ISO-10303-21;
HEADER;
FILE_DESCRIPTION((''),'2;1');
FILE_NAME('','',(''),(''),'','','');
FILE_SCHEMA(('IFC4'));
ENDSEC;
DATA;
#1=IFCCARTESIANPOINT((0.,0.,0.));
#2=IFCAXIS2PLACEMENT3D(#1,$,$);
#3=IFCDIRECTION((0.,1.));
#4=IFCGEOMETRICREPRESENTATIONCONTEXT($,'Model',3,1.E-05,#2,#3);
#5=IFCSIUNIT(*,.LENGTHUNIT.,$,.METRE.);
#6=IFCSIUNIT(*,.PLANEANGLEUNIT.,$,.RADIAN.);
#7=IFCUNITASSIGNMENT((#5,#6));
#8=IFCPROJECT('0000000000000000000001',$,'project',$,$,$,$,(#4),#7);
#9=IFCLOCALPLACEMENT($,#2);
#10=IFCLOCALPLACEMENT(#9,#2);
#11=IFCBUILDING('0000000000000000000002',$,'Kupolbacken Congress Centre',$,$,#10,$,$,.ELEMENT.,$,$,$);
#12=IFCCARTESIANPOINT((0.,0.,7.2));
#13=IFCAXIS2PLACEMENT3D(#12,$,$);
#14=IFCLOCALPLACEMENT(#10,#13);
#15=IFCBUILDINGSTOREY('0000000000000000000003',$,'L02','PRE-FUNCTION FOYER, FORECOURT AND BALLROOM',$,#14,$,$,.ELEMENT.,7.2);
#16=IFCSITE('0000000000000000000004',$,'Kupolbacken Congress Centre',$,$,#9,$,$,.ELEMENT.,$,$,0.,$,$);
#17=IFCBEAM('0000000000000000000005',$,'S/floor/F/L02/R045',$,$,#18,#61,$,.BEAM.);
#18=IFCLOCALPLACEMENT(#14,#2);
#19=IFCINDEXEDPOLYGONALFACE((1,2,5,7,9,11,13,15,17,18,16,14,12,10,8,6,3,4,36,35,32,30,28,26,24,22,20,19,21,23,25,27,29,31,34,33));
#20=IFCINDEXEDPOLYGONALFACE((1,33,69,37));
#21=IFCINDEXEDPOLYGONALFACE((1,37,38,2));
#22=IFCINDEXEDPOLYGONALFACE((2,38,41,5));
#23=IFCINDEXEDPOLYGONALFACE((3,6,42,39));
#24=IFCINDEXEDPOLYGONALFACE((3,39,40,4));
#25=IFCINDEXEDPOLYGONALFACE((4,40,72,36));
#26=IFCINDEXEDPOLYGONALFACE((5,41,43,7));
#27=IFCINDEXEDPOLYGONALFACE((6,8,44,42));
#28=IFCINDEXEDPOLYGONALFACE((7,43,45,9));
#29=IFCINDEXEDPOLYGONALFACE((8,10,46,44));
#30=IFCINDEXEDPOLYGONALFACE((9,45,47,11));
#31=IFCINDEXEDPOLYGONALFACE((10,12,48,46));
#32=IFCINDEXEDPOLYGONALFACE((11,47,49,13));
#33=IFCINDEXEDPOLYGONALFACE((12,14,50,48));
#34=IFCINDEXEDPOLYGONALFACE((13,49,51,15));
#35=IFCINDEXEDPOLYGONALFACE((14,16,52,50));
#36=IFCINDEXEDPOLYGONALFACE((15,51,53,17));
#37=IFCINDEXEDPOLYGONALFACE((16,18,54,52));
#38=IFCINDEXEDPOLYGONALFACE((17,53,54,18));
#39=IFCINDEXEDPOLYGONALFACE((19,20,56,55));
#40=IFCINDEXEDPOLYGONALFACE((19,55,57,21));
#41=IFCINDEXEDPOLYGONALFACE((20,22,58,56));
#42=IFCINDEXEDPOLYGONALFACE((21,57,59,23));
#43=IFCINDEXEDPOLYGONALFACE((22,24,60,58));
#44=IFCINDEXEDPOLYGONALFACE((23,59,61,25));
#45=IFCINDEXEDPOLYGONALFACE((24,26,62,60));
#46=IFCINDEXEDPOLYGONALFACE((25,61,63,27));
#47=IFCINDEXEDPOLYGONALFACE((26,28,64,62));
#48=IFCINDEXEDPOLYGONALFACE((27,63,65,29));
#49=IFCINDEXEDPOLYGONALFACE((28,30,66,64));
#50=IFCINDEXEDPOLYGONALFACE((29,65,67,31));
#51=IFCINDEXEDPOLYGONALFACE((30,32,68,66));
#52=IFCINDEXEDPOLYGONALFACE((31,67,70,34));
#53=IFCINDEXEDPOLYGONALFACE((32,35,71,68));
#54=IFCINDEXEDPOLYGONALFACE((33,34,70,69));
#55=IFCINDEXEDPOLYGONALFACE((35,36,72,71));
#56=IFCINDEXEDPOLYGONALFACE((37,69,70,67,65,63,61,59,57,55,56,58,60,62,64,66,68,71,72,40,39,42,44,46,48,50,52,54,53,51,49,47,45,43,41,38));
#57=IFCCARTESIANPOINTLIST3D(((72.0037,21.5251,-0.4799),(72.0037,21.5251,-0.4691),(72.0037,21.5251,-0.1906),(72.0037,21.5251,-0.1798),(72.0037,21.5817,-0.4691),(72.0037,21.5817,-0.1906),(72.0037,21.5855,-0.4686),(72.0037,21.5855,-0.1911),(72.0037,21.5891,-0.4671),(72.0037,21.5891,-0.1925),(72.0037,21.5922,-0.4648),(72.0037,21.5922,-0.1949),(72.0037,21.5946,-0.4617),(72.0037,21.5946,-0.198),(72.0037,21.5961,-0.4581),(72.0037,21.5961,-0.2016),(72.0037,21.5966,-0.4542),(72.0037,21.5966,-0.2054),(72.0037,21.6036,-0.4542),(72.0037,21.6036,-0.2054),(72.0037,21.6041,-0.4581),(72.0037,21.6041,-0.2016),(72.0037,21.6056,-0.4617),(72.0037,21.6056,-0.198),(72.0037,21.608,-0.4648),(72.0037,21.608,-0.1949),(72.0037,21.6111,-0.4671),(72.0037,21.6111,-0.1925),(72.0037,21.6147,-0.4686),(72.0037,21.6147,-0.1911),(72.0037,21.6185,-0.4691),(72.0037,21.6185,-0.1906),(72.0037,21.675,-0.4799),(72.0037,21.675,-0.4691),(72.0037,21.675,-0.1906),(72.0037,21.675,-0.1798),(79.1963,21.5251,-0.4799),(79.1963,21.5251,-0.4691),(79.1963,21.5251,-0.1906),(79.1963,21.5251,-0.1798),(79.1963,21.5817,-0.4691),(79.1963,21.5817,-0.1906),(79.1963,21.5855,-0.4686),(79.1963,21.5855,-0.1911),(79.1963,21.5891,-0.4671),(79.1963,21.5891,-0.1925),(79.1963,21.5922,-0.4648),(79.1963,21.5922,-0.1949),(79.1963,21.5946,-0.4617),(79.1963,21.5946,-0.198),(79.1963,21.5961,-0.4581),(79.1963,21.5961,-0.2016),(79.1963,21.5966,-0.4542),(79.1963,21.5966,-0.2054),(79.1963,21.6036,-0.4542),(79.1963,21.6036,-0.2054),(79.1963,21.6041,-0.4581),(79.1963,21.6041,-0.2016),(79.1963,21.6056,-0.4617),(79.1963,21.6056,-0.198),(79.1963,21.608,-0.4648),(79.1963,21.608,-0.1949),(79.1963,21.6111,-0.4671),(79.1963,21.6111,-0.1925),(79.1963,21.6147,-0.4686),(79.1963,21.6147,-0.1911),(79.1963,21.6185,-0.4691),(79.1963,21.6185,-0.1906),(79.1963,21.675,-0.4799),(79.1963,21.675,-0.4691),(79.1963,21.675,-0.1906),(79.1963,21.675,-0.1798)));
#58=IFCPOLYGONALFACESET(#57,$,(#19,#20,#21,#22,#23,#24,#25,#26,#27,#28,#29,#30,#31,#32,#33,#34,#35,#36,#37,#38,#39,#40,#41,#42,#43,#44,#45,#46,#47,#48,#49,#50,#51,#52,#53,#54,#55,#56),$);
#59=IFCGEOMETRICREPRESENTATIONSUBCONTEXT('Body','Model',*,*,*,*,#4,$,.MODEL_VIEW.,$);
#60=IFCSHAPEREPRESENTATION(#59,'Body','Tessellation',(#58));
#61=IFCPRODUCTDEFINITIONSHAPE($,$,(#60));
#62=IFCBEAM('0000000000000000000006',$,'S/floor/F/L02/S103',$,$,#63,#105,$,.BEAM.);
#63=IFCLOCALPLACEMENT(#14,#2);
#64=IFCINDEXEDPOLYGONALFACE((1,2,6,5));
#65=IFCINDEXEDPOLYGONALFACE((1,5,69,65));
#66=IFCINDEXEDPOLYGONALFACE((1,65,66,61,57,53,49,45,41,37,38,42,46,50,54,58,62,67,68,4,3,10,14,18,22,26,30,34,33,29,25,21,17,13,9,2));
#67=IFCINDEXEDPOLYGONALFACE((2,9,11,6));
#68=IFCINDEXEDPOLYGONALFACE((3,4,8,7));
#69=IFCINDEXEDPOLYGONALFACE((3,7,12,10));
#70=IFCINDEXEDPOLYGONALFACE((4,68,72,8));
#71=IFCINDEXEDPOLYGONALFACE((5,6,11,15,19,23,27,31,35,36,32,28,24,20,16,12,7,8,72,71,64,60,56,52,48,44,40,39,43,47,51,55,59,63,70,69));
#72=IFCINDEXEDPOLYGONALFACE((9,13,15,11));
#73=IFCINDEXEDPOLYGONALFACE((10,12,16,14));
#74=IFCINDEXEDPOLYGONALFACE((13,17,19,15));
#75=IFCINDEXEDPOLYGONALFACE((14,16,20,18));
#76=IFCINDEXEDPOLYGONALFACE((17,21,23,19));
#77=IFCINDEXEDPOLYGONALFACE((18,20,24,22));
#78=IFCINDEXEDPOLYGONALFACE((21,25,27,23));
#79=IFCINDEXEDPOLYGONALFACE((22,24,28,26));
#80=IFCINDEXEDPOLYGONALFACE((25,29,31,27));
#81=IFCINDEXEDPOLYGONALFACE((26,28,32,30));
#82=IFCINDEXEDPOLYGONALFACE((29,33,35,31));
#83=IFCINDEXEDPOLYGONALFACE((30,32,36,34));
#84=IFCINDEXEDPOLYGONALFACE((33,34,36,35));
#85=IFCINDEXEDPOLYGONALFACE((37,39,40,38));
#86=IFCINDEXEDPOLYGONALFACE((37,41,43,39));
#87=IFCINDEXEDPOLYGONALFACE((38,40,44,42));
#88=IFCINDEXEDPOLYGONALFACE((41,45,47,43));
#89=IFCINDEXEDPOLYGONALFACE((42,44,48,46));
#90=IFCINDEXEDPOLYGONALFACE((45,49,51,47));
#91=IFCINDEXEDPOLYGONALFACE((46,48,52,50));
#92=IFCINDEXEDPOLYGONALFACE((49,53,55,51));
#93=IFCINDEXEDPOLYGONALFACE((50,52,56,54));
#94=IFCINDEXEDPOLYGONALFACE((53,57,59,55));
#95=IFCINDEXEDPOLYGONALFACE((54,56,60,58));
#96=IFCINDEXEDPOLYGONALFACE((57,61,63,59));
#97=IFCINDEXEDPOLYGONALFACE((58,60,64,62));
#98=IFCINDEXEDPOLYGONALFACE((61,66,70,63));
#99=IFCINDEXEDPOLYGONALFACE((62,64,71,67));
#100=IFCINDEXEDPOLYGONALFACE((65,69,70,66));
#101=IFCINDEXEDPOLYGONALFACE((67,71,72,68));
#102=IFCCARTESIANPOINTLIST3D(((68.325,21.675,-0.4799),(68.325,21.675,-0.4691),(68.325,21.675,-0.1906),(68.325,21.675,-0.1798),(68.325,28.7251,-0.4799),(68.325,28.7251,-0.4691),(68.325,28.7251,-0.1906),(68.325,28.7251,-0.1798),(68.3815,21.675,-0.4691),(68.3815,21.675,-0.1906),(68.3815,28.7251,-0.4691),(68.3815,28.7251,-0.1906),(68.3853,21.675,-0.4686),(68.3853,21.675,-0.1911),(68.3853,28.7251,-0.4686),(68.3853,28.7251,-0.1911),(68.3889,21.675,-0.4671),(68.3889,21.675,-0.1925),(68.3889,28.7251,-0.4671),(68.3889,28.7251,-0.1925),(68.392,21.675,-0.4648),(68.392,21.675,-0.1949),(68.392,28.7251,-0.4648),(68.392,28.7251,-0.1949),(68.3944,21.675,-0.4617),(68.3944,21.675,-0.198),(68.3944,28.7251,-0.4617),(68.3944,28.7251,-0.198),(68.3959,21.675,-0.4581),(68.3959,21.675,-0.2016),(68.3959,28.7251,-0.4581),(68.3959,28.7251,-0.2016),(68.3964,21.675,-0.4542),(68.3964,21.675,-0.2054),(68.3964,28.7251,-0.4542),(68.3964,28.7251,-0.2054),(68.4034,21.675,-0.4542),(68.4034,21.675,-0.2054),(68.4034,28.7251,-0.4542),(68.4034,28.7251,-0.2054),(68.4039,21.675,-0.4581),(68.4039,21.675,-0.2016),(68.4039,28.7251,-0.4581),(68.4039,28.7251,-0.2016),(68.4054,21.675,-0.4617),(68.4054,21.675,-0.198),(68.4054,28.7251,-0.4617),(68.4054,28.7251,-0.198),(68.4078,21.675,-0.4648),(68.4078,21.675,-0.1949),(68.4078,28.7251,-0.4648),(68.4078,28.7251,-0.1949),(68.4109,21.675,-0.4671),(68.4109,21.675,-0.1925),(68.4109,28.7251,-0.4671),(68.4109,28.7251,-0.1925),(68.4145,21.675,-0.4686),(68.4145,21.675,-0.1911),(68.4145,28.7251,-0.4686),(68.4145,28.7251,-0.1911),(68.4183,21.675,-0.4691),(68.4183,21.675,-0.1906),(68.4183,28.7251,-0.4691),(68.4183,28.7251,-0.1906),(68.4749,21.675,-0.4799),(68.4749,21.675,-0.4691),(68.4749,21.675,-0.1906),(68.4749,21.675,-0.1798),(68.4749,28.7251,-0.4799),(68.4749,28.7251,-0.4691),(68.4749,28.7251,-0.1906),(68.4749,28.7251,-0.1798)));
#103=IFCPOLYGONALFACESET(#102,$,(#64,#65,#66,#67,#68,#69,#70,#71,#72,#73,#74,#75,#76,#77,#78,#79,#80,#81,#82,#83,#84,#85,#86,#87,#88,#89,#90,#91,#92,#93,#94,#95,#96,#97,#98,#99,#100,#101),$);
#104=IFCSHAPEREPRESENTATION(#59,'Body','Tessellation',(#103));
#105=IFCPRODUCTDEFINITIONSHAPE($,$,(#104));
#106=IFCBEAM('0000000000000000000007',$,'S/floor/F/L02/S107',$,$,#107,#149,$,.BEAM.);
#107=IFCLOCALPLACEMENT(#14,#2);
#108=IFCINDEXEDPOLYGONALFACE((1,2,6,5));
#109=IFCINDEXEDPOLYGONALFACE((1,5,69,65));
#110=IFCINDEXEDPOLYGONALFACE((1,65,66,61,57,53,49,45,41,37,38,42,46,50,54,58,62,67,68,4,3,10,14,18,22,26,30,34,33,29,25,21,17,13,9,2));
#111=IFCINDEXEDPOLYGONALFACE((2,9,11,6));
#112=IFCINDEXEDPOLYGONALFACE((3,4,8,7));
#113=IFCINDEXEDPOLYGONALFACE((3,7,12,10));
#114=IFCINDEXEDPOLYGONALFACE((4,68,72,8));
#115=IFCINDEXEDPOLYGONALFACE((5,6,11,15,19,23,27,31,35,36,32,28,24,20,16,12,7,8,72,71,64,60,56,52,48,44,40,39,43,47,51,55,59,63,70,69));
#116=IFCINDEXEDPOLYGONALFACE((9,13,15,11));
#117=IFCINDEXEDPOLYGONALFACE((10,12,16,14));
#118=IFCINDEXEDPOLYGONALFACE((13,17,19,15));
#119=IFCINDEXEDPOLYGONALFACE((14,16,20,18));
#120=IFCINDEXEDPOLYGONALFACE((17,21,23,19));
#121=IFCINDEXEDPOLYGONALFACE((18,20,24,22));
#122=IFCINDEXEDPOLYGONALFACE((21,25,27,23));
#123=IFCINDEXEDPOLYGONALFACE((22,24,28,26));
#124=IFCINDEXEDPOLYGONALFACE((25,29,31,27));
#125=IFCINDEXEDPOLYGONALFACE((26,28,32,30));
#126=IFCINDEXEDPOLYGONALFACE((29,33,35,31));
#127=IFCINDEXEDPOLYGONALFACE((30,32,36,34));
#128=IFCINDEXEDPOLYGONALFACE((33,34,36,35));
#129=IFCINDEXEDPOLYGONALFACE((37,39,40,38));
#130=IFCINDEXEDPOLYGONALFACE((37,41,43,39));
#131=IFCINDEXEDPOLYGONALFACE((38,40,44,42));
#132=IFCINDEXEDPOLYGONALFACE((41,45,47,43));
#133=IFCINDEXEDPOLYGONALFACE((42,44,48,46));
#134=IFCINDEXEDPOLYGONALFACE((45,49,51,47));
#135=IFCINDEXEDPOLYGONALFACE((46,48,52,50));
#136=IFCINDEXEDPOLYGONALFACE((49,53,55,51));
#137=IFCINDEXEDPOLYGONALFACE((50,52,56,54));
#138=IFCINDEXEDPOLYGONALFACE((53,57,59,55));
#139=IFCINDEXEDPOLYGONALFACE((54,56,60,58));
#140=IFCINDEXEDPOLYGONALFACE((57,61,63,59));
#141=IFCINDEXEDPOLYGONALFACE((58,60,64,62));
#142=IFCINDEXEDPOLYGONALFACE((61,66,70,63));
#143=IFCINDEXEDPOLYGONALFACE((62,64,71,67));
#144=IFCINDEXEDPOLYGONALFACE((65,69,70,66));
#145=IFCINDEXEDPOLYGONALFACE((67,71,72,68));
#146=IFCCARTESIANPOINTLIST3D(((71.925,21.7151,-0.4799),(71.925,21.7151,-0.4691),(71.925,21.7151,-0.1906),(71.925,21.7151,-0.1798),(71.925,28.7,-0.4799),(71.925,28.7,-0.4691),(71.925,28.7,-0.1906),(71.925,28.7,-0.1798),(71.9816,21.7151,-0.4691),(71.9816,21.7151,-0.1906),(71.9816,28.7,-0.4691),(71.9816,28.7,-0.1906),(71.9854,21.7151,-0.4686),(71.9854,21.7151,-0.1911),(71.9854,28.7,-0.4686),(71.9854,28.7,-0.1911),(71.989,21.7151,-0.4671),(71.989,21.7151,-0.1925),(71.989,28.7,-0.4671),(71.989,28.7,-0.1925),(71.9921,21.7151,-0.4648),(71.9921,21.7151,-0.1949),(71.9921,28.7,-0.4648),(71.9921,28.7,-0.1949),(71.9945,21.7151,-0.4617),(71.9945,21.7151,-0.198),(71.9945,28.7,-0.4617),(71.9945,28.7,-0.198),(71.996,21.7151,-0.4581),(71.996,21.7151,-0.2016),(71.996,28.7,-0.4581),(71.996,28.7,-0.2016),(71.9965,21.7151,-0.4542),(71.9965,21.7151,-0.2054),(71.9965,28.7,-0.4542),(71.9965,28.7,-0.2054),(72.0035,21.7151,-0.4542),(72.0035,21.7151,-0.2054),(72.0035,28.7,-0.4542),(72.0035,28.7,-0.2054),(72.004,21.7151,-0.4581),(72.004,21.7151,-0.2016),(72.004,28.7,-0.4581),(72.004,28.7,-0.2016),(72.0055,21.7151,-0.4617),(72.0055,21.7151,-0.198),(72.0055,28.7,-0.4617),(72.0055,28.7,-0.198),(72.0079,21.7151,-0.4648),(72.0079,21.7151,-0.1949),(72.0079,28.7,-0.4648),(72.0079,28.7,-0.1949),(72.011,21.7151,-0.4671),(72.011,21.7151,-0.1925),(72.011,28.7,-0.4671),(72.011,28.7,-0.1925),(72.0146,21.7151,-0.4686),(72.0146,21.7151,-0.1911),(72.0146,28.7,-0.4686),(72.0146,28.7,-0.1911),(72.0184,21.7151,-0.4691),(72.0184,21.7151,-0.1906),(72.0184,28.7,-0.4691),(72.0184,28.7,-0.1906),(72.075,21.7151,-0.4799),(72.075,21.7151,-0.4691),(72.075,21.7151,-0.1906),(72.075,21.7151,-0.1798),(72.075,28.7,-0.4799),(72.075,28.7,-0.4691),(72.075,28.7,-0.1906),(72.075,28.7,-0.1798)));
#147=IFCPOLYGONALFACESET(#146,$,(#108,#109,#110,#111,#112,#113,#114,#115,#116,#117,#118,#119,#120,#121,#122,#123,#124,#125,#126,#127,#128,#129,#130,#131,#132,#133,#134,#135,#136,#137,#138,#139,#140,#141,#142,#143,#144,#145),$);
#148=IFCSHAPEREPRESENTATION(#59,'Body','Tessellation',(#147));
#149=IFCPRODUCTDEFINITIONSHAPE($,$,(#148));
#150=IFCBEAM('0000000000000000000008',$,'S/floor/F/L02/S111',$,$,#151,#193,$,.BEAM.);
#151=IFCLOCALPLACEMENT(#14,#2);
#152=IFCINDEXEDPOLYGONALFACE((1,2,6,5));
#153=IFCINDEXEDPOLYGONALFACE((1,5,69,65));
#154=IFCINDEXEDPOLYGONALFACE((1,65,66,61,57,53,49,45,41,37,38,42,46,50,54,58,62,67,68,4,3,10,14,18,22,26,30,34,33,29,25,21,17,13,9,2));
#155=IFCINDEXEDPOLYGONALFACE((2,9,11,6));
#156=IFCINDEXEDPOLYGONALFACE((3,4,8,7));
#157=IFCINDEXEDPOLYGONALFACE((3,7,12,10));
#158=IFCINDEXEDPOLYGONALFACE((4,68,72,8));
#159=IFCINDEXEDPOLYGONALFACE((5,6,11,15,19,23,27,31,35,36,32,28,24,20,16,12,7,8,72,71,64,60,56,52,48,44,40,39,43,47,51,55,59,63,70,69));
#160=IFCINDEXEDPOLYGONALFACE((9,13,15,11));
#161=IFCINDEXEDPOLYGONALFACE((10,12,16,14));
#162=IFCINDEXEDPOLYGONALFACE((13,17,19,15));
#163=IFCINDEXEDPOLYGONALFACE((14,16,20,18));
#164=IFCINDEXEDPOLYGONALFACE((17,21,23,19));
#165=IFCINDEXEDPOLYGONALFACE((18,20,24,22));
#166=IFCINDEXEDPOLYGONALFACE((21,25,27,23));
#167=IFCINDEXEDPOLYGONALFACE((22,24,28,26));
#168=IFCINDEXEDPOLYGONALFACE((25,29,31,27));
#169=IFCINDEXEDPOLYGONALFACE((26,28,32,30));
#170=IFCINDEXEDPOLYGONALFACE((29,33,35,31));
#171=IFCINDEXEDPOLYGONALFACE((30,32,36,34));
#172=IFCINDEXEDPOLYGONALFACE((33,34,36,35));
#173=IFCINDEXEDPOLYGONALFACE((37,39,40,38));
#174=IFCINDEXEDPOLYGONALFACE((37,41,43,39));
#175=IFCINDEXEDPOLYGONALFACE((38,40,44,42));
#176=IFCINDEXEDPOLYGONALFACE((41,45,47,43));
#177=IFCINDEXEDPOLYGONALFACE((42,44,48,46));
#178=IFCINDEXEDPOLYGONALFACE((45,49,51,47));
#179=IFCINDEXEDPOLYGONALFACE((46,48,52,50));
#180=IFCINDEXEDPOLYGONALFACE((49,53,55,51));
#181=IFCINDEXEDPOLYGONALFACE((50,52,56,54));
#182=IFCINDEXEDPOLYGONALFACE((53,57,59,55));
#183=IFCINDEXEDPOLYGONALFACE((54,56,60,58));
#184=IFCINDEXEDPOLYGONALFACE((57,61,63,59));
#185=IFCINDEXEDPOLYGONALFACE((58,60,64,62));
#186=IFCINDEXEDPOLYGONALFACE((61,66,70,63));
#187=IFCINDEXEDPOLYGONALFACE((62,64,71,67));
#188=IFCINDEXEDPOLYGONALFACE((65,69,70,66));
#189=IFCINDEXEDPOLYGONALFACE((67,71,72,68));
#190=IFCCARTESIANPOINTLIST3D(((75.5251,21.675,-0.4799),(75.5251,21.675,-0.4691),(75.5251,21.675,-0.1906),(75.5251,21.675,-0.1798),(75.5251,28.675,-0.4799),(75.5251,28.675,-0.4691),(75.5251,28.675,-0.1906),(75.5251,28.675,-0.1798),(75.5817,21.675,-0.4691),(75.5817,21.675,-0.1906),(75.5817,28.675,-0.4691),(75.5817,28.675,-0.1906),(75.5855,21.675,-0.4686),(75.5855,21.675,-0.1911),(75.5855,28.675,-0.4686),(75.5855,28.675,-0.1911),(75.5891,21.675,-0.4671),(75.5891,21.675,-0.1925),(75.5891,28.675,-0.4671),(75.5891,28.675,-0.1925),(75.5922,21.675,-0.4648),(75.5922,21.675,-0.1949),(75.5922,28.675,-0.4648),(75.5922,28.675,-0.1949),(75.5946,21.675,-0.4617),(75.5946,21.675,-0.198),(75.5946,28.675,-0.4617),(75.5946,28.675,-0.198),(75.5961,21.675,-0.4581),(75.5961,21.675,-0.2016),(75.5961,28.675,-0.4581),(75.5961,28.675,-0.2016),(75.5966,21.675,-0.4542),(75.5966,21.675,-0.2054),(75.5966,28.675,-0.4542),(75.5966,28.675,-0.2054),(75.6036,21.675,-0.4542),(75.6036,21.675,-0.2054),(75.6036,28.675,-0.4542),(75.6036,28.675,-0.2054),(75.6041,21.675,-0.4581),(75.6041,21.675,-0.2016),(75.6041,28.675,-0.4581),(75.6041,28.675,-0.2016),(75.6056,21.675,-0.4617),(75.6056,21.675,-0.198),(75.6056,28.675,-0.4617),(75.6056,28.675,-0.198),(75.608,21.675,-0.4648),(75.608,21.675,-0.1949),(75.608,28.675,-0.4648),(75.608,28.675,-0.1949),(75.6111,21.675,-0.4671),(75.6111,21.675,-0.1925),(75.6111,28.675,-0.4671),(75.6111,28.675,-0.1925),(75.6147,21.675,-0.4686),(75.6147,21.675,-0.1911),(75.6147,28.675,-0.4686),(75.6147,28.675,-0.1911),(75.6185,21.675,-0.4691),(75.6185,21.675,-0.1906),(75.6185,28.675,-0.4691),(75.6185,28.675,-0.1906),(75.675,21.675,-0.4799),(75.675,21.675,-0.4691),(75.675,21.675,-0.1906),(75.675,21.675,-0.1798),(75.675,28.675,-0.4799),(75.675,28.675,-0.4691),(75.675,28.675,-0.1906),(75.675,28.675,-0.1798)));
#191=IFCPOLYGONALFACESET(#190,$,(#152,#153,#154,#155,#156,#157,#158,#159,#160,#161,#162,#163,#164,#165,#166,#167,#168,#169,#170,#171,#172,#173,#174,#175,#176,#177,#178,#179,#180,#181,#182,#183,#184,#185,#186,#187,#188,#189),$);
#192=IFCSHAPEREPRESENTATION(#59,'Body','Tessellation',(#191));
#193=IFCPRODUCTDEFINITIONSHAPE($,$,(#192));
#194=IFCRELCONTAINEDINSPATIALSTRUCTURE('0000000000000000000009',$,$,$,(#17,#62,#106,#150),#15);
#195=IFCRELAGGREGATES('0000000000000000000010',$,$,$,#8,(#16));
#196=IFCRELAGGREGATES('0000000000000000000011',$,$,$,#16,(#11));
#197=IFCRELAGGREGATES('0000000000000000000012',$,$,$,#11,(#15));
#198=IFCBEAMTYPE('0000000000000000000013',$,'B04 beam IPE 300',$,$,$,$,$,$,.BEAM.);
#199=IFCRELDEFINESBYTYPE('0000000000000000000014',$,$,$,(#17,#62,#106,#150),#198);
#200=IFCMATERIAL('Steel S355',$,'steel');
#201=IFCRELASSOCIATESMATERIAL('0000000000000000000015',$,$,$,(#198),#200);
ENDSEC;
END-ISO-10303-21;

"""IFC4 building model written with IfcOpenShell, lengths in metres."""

from ifc_helpers import new_model, si_unit, direction, frame, origin, origin_2d, place, context, subcontext, project, spatial, i_section, extrude, material, material_profile, profile_set, type_object, element, save


model = new_model("IFC4")

# Units and contexts
model_context = context("Model", 3, precision=1e-05, world=origin(), true_north=direction((0.0, 1.0)))
body_context = subcontext(model_context, "Body", "Model", "MODEL_VIEW")
ifc_project = project(units=[si_unit("LENGTHUNIT", "METRE"), si_unit("PLANEANGLEUNIT", "RADIAN")], contexts=[model_context])

# Site, building, storey
site_placement = place(None, origin())
site = spatial("IfcSite", under=ifc_project, at=site_placement, Name="Kupolbacken Congress Centre", CompositionType="ELEMENT", RefElevation=0.0)
building_placement = place(site_placement, origin())
building = spatial("IfcBuilding", under=site, at=building_placement, Name="Kupolbacken Congress Centre", CompositionType="ELEMENT")
storey_placement = place(building_placement, frame((0.0, 0.0, 7.2)))
storey = spatial("IfcBuildingStorey", under=building, at=storey_placement, Name="L02", Description="PRE-FUNCTION FOYER, FORECOURT AND BALLROOM", CompositionType="ELEMENT", Elevation=7.2)

# Beams
ifc_material_1 = material(Name="Steel S355", Category="steel")
ifc_material_profile_1 = material_profile(ifc_material_1, i_section(OverallWidth=0.1499, OverallDepth=0.3, WebThickness=0.0071, FlangeThickness=0.0107, FilletRadius=0.0149, at=origin_2d()), Name="IPE 300")
ifc_profile_set_1 = profile_set([ifc_material_profile_1], Name="Steel S355")
beam_type = type_object("IfcBeamType", Name="B04 beam IPE 300", PredefinedType="BEAM", material=ifc_profile_set_1)
beam_1_placement = place(storey_placement, frame((72.0037, 21.6001, -0.3298), z_axis=(1.0, 0.0, 0.0), x_axis=(0.0, 1.0, 0.0)))
element("IfcBeam", 1, at=beam_1_placement, inside=storey, type_object=beam_type, Name="S/floor/F/L02/R045", PredefinedType="BEAM", context=body_context, shape_type="SweptSolid", body=[
    extrude(i_section(OverallWidth=0.1499, OverallDepth=0.3, WebThickness=0.0071, FlangeThickness=0.0107, FilletRadius=0.0149, at=origin_2d()), origin(), (0.0, 0.0, 1.0), 7.1926),
])
beam_2_placement = place(storey_placement, frame((68.3999, 21.675, -0.3298), z_axis=(0.0, 1.0, 0.0), x_axis=(-1.0, 0.0, 0.0)))
element("IfcBeam", 2, at=beam_2_placement, inside=storey, type_object=beam_type, Name="S/floor/F/L02/S103", PredefinedType="BEAM", context=body_context, shape_type="SweptSolid", body=[
    extrude(i_section(OverallWidth=0.1499, OverallDepth=0.3, WebThickness=0.0071, FlangeThickness=0.0107, FilletRadius=0.0149, at=origin_2d()), origin(), (0.0, 0.0, 1.0), 7.05),
])
beam_3_placement = place(storey_placement, frame((72.0, 21.7151, -0.3298), z_axis=(0.0, 1.0, 0.0), x_axis=(-1.0, 0.0, 0.0)))
element("IfcBeam", 3, at=beam_3_placement, inside=storey, type_object=beam_type, Name="S/floor/F/L02/S107", PredefinedType="BEAM", context=body_context, shape_type="SweptSolid", body=[
    extrude(i_section(OverallWidth=0.1499, OverallDepth=0.3, WebThickness=0.0071, FlangeThickness=0.0107, FilletRadius=0.0149, at=origin_2d()), origin(), (0.0, 0.0, 1.0), 6.9849),
])
beam_4_placement = place(storey_placement, frame((75.6001, 21.675, -0.3298), z_axis=(0.0, 1.0, 0.0), x_axis=(-1.0, 0.0, 0.0)))
element("IfcBeam", 4, at=beam_4_placement, inside=storey, type_object=beam_type, Name="S/floor/F/L02/S111", PredefinedType="BEAM", context=body_context, shape_type="SweptSolid", body=[
    extrude(i_section(OverallWidth=0.1499, OverallDepth=0.3, WebThickness=0.0071, FlangeThickness=0.0107, FilletRadius=0.0149, at=origin_2d()), origin(), (0.0, 0.0, 1.0), 7.0),
])

save(model, "model.ifc")
